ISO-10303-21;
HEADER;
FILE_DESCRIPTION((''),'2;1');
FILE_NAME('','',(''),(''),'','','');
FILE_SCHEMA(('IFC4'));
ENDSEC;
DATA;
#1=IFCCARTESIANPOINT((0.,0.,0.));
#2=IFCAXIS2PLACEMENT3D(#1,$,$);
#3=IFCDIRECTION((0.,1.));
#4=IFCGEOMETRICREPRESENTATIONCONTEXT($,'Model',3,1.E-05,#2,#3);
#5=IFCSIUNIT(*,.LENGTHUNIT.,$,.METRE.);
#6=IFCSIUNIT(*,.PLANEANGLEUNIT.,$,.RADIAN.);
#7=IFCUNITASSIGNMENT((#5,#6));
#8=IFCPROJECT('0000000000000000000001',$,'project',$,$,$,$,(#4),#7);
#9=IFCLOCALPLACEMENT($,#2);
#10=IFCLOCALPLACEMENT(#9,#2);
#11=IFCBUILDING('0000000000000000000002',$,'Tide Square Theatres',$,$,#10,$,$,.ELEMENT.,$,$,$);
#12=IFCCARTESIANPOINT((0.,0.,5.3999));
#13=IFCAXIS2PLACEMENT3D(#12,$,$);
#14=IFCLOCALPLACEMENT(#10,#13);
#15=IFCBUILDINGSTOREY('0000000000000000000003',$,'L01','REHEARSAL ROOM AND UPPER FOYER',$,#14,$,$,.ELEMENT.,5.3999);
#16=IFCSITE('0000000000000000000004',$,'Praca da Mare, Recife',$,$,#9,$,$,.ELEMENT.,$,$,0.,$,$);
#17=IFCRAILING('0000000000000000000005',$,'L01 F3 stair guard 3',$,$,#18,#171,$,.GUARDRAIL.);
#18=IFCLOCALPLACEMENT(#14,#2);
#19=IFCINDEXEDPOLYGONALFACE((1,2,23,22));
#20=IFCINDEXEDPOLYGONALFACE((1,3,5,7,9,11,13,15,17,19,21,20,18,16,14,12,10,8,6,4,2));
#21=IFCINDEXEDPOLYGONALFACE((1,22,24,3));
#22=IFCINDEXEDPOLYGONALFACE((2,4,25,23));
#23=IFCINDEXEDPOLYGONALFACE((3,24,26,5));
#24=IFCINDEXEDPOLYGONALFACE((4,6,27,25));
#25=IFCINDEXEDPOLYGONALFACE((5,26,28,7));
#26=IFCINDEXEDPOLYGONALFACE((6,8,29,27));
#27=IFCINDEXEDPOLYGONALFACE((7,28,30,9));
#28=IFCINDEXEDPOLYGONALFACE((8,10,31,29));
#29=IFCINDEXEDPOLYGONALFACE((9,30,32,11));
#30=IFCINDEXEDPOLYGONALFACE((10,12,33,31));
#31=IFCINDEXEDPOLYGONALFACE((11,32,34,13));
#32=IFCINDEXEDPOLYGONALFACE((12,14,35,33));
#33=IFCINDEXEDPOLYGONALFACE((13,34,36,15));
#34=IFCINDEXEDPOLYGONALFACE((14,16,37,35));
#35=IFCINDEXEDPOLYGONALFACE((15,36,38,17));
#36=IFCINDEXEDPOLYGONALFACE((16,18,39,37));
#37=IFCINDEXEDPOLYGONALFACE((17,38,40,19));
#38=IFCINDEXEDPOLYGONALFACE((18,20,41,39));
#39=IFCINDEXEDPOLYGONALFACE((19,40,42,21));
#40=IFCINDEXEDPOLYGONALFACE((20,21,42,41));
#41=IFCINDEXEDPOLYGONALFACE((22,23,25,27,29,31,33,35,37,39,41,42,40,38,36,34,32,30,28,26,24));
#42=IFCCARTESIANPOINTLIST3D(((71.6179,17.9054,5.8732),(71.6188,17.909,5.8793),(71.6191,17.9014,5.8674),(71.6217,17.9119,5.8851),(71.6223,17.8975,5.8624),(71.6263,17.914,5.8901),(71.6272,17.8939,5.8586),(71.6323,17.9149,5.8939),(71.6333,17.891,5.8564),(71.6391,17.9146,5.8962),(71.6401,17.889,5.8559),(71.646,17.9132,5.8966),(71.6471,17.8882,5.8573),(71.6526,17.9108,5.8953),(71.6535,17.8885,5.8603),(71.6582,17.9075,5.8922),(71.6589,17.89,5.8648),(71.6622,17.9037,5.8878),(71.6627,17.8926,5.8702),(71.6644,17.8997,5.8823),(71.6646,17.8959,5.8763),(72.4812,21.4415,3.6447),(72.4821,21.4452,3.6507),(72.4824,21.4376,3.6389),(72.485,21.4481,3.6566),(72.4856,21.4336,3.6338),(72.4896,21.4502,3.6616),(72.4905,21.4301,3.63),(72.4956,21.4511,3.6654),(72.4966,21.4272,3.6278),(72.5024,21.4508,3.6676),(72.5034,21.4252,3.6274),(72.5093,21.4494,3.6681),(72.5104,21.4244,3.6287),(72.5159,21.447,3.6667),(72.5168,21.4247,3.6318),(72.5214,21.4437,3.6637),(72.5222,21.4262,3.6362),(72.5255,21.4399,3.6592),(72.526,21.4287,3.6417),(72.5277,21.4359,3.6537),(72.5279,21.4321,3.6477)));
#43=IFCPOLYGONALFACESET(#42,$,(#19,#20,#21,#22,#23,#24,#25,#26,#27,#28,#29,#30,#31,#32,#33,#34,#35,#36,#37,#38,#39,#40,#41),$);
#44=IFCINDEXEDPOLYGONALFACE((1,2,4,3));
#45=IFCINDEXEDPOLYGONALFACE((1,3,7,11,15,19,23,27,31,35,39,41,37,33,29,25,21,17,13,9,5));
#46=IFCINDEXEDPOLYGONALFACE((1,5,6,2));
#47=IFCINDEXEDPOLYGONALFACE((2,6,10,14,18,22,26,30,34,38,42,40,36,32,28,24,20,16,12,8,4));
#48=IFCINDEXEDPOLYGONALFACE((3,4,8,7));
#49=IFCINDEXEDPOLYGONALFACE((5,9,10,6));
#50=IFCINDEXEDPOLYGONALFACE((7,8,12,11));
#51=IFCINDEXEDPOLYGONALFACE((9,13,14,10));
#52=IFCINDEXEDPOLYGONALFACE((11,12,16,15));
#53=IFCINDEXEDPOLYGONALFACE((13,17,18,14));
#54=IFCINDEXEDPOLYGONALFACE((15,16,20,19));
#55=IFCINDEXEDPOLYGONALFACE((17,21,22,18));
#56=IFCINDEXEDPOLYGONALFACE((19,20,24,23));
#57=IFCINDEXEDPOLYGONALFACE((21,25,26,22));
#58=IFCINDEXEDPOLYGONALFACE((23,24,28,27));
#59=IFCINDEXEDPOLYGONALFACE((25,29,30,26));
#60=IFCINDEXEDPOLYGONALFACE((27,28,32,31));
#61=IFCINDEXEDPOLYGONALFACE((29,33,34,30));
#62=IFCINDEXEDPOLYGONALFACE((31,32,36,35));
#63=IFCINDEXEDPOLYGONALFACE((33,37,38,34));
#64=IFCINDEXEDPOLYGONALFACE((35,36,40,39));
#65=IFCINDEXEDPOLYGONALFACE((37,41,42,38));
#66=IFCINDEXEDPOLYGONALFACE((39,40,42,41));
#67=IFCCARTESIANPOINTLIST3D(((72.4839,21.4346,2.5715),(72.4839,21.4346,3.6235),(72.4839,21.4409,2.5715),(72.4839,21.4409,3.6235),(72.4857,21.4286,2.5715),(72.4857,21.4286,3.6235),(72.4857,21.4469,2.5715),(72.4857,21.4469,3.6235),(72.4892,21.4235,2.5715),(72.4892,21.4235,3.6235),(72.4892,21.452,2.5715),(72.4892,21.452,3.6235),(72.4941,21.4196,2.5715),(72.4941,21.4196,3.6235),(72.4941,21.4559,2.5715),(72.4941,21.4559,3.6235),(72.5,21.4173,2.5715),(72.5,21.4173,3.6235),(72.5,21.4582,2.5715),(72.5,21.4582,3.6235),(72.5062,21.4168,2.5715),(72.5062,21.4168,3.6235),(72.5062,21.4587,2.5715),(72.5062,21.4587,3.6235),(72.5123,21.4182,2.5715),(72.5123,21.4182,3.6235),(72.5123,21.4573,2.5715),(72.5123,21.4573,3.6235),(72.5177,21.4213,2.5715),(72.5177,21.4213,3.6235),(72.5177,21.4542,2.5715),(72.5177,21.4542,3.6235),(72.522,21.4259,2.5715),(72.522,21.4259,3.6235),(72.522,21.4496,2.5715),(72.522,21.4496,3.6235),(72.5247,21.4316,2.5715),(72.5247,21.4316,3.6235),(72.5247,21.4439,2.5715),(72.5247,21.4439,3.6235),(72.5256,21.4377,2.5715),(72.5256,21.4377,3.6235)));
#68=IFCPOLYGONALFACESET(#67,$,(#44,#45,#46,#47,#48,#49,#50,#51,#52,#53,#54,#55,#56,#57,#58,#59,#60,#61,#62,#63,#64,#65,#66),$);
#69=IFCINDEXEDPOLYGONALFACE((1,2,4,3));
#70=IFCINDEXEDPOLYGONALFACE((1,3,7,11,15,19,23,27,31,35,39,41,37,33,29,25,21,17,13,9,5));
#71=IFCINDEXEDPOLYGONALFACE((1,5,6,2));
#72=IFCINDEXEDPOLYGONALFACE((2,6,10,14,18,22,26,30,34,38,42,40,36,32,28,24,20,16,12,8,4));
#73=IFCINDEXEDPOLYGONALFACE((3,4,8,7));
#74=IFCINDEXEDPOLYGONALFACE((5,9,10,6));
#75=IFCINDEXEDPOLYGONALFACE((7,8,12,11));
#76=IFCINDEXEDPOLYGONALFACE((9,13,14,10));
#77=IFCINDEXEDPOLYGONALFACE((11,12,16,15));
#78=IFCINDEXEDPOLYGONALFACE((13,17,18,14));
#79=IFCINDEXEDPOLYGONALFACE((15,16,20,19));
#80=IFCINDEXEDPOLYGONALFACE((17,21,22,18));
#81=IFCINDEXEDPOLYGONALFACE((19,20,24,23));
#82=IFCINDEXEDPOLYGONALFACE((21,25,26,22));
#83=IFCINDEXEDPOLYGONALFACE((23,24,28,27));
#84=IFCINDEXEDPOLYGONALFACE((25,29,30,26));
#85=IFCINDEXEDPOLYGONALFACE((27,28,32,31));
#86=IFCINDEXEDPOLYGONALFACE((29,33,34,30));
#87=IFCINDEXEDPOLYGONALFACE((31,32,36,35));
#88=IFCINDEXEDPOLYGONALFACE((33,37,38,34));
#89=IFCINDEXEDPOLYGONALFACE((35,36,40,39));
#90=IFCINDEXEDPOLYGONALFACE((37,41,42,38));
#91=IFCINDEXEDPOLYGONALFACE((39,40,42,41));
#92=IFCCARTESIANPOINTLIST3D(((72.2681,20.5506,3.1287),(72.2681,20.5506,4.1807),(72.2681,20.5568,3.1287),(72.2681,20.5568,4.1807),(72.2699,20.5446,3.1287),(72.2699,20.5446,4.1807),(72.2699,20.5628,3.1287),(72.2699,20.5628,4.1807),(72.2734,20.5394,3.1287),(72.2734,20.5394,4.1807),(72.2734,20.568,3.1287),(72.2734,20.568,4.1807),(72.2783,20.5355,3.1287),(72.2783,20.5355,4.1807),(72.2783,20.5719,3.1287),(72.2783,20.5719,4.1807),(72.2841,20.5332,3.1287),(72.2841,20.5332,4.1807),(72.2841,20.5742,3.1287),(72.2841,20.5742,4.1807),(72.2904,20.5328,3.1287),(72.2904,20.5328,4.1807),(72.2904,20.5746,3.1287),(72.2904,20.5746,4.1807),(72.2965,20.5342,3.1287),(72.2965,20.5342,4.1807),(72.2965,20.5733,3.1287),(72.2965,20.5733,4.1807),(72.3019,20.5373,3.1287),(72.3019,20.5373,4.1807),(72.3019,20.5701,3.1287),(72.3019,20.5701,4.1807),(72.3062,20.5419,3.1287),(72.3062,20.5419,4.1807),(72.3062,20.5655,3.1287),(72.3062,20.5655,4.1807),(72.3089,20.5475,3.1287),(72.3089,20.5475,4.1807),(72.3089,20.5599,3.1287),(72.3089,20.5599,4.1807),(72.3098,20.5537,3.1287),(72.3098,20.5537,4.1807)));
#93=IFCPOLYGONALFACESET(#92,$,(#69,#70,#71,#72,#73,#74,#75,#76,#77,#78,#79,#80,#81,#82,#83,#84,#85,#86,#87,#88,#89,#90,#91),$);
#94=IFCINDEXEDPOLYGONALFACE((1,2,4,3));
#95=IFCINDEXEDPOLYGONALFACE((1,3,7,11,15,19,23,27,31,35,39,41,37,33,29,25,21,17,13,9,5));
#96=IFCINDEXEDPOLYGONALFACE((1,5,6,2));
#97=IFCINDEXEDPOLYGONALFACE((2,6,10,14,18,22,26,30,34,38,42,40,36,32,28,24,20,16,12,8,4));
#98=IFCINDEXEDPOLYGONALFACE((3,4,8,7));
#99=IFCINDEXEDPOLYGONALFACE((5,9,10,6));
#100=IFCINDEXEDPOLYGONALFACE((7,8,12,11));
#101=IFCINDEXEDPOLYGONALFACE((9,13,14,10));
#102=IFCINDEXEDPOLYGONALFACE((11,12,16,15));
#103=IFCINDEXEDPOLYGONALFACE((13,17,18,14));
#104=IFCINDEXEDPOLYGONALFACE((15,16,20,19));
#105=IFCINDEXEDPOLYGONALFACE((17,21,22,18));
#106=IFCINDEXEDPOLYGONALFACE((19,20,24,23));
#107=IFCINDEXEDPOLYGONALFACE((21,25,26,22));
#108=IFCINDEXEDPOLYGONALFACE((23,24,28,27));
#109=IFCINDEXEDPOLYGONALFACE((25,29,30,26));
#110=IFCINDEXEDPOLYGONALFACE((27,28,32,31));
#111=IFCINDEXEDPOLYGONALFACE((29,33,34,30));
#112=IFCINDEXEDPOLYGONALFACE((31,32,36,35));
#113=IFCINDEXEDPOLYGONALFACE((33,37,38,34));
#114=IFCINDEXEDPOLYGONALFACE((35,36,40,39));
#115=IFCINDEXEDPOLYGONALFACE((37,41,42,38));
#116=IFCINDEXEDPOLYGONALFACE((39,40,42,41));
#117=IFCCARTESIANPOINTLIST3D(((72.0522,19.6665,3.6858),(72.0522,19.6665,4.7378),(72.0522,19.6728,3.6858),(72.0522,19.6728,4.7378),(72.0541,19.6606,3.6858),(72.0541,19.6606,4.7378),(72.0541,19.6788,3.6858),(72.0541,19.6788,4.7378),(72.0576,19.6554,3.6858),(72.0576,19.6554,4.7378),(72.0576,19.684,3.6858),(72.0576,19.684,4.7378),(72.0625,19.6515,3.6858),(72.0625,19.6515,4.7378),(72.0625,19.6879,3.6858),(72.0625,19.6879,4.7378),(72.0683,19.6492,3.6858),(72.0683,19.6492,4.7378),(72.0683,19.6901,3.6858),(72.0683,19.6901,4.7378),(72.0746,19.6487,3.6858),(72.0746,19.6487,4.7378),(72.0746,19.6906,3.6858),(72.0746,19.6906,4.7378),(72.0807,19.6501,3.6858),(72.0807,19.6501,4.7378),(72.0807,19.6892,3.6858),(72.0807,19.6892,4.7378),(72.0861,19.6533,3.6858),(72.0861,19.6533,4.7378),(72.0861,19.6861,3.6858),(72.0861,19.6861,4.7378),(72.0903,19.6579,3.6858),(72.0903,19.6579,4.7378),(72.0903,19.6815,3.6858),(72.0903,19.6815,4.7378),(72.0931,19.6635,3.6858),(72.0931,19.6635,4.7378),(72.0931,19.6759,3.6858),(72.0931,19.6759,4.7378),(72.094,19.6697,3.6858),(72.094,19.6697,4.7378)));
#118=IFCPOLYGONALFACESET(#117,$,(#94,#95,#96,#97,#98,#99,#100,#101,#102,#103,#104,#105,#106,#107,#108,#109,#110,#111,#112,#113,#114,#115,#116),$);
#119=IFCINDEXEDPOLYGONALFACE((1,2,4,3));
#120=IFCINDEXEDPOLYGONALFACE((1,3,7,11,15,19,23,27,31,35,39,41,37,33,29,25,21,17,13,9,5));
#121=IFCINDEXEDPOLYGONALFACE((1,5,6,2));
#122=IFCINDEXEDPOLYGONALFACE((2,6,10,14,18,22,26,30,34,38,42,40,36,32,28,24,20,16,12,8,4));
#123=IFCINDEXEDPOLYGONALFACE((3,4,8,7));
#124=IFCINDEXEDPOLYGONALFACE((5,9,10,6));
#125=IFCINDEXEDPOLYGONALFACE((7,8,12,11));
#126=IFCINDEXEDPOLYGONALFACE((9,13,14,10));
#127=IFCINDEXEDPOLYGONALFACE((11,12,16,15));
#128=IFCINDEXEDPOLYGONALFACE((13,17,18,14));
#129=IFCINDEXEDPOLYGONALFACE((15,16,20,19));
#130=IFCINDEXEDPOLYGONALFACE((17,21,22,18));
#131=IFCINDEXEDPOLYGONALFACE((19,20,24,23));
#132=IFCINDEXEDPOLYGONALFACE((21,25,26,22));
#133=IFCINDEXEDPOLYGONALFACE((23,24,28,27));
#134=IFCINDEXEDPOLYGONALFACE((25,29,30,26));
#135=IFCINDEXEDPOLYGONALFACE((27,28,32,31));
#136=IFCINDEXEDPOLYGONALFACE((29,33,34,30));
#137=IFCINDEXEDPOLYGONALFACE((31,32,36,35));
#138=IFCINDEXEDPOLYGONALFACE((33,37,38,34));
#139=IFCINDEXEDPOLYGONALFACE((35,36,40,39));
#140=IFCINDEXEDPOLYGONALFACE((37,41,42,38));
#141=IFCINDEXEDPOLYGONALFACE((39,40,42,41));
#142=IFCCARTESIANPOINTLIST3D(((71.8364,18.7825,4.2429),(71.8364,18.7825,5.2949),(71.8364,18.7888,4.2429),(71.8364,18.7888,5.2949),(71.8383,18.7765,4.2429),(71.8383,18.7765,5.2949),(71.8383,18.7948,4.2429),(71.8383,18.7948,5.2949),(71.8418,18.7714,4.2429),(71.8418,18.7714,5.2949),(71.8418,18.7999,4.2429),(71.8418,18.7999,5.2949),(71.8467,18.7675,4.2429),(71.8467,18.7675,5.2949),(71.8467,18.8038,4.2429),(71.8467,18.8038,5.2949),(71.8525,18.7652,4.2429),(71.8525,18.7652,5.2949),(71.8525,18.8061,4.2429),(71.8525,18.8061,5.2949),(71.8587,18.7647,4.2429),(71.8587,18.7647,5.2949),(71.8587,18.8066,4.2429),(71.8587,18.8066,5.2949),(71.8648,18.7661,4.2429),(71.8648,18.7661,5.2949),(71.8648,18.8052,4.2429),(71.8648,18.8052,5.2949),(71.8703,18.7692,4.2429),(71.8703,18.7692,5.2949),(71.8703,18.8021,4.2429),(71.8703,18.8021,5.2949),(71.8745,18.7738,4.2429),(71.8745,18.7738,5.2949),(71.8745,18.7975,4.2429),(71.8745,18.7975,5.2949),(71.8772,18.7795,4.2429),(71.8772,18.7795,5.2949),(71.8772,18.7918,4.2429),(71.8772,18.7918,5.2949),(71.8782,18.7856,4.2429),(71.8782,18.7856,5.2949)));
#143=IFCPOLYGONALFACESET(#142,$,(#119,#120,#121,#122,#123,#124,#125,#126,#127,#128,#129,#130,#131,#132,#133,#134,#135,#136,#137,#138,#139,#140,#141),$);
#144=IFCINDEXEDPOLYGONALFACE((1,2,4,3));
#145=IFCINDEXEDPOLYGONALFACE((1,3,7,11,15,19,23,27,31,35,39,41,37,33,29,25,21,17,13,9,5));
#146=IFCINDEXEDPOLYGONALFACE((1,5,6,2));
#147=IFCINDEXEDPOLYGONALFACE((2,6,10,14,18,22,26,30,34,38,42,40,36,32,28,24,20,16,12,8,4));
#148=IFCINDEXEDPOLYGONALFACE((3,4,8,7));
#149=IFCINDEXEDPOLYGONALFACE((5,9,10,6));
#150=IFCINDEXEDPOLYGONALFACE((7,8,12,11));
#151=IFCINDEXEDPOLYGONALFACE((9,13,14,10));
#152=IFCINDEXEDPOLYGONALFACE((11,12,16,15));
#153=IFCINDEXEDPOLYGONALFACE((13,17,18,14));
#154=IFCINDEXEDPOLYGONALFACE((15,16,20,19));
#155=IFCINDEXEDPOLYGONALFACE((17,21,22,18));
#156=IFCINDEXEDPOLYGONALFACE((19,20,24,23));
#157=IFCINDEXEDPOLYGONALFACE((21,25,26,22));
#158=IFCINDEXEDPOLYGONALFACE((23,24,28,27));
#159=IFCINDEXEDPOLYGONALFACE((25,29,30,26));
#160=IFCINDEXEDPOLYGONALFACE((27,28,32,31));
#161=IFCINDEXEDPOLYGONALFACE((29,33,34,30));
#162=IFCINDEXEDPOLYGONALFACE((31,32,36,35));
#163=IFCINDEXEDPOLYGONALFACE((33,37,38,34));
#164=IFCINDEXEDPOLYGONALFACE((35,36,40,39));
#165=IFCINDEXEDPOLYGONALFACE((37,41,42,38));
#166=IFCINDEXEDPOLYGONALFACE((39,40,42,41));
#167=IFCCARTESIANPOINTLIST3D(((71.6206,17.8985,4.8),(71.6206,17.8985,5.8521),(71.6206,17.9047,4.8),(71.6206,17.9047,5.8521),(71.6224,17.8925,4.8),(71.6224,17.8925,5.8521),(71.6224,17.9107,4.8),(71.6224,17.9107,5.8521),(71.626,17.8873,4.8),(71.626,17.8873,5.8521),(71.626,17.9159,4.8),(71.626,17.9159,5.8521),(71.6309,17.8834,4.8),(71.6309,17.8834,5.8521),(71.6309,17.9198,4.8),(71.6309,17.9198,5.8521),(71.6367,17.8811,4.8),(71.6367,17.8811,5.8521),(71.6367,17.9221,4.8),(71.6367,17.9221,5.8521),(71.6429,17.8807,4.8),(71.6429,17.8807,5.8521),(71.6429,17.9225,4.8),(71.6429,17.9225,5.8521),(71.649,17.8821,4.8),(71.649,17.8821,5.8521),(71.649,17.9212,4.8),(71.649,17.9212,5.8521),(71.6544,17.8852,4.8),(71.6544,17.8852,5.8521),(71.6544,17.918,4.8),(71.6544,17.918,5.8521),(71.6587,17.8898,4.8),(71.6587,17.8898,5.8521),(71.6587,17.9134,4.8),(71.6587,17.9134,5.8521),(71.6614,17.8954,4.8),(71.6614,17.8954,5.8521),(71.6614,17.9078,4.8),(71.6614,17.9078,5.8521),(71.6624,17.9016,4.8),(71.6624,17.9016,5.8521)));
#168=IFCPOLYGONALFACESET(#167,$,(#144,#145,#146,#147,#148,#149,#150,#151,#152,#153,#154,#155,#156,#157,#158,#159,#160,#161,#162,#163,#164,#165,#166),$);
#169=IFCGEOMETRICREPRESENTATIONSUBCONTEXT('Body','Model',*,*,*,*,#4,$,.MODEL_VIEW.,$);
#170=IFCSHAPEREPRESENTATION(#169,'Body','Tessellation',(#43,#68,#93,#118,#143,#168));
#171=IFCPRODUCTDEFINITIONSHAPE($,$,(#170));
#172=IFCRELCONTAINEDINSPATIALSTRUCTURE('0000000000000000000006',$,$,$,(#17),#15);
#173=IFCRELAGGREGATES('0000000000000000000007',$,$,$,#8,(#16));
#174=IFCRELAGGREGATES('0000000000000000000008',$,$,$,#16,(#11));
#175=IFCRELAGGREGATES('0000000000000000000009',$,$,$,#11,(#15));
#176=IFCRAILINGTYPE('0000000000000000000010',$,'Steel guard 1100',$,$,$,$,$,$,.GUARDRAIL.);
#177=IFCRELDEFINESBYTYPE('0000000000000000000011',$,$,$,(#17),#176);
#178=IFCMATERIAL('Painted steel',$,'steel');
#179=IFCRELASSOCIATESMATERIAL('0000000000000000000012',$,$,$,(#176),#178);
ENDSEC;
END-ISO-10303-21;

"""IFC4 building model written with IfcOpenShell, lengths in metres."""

from ifc_helpers import new_model, si_unit, direction, frame, origin, origin_2d, place, context, subcontext, project, spatial, circle, extrude, material, type_object, element, save


model = new_model("IFC4")

# Units and contexts
model_context = context("Model", 3, precision=1e-05, world=origin(), true_north=direction((0.0, 1.0)))
body_context = subcontext(model_context, "Body", "Model", "MODEL_VIEW")
ifc_project = project(units=[si_unit("LENGTHUNIT", "METRE"), si_unit("PLANEANGLEUNIT", "RADIAN")], contexts=[model_context])

# Site, building, storey
site_placement = place(None, origin())
site = spatial("IfcSite", under=ifc_project, at=site_placement, Name="Praca da Mare, Recife", CompositionType="ELEMENT", RefElevation=0.0)
building_placement = place(site_placement, origin())
building = spatial("IfcBuilding", under=site, at=building_placement, Name="Tide Square Theatres", CompositionType="ELEMENT")
storey_placement = place(building_placement, frame((0.0, 0.0, 5.3999)))
storey = spatial("IfcBuildingStorey", under=building, at=storey_placement, Name="L01", Description="REHEARSAL ROOM AND UPPER FOYER", CompositionType="ELEMENT", Elevation=5.3999)

# Railing
ifc_material_1 = material(Name="Painted steel", Category="steel")
railing_type_1 = type_object("IfcRailingType", Name="Steel guard 1100", PredefinedType="GUARDRAIL", material=ifc_material_1)
railing_1_placement = place(storey_placement, frame((72.5046, 21.4377, 2.5715)))
element("IfcRailing", 1, at=railing_1_placement, inside=storey, type_object=railing_type_1, Name="L01 F3 stair guard 3", PredefinedType="GUARDRAIL", context=body_context, shape_type="SweptSolid", body=[
    extrude(circle(Radius=0.0239, at=origin_2d()), frame((0.0, 0.0, 1.0762), z_axis=(-0.202269, -0.828523, 0.522146), x_axis=(0.971469, -0.237166, 0.0)), (0.0, 0.0, 1.0), 4.2681),
    extrude(circle(Radius=0.021, at=origin_2d()), origin(), (0.0, 0.0, 1.0), 1.052),
    extrude(circle(Radius=0.021, at=origin_2d()), frame((-0.2158, -0.884, 0.5571)), (0.0, 0.0, 1.0), 1.052),
    extrude(circle(Radius=0.021, at=origin_2d()), frame((-0.4316, -1.7681, 1.1143)), (0.0, 0.0, 1.0), 1.052),
    extrude(circle(Radius=0.021, at=origin_2d()), frame((-0.6475, -2.6521, 1.6714)), (0.0, 0.0, 1.0), 1.052),
    extrude(circle(Radius=0.021, at=origin_2d()), frame((-0.8633, -3.5361, 2.2285)), (0.0, 0.0, 1.0), 1.052),
])

save(model, "model.ifc")
